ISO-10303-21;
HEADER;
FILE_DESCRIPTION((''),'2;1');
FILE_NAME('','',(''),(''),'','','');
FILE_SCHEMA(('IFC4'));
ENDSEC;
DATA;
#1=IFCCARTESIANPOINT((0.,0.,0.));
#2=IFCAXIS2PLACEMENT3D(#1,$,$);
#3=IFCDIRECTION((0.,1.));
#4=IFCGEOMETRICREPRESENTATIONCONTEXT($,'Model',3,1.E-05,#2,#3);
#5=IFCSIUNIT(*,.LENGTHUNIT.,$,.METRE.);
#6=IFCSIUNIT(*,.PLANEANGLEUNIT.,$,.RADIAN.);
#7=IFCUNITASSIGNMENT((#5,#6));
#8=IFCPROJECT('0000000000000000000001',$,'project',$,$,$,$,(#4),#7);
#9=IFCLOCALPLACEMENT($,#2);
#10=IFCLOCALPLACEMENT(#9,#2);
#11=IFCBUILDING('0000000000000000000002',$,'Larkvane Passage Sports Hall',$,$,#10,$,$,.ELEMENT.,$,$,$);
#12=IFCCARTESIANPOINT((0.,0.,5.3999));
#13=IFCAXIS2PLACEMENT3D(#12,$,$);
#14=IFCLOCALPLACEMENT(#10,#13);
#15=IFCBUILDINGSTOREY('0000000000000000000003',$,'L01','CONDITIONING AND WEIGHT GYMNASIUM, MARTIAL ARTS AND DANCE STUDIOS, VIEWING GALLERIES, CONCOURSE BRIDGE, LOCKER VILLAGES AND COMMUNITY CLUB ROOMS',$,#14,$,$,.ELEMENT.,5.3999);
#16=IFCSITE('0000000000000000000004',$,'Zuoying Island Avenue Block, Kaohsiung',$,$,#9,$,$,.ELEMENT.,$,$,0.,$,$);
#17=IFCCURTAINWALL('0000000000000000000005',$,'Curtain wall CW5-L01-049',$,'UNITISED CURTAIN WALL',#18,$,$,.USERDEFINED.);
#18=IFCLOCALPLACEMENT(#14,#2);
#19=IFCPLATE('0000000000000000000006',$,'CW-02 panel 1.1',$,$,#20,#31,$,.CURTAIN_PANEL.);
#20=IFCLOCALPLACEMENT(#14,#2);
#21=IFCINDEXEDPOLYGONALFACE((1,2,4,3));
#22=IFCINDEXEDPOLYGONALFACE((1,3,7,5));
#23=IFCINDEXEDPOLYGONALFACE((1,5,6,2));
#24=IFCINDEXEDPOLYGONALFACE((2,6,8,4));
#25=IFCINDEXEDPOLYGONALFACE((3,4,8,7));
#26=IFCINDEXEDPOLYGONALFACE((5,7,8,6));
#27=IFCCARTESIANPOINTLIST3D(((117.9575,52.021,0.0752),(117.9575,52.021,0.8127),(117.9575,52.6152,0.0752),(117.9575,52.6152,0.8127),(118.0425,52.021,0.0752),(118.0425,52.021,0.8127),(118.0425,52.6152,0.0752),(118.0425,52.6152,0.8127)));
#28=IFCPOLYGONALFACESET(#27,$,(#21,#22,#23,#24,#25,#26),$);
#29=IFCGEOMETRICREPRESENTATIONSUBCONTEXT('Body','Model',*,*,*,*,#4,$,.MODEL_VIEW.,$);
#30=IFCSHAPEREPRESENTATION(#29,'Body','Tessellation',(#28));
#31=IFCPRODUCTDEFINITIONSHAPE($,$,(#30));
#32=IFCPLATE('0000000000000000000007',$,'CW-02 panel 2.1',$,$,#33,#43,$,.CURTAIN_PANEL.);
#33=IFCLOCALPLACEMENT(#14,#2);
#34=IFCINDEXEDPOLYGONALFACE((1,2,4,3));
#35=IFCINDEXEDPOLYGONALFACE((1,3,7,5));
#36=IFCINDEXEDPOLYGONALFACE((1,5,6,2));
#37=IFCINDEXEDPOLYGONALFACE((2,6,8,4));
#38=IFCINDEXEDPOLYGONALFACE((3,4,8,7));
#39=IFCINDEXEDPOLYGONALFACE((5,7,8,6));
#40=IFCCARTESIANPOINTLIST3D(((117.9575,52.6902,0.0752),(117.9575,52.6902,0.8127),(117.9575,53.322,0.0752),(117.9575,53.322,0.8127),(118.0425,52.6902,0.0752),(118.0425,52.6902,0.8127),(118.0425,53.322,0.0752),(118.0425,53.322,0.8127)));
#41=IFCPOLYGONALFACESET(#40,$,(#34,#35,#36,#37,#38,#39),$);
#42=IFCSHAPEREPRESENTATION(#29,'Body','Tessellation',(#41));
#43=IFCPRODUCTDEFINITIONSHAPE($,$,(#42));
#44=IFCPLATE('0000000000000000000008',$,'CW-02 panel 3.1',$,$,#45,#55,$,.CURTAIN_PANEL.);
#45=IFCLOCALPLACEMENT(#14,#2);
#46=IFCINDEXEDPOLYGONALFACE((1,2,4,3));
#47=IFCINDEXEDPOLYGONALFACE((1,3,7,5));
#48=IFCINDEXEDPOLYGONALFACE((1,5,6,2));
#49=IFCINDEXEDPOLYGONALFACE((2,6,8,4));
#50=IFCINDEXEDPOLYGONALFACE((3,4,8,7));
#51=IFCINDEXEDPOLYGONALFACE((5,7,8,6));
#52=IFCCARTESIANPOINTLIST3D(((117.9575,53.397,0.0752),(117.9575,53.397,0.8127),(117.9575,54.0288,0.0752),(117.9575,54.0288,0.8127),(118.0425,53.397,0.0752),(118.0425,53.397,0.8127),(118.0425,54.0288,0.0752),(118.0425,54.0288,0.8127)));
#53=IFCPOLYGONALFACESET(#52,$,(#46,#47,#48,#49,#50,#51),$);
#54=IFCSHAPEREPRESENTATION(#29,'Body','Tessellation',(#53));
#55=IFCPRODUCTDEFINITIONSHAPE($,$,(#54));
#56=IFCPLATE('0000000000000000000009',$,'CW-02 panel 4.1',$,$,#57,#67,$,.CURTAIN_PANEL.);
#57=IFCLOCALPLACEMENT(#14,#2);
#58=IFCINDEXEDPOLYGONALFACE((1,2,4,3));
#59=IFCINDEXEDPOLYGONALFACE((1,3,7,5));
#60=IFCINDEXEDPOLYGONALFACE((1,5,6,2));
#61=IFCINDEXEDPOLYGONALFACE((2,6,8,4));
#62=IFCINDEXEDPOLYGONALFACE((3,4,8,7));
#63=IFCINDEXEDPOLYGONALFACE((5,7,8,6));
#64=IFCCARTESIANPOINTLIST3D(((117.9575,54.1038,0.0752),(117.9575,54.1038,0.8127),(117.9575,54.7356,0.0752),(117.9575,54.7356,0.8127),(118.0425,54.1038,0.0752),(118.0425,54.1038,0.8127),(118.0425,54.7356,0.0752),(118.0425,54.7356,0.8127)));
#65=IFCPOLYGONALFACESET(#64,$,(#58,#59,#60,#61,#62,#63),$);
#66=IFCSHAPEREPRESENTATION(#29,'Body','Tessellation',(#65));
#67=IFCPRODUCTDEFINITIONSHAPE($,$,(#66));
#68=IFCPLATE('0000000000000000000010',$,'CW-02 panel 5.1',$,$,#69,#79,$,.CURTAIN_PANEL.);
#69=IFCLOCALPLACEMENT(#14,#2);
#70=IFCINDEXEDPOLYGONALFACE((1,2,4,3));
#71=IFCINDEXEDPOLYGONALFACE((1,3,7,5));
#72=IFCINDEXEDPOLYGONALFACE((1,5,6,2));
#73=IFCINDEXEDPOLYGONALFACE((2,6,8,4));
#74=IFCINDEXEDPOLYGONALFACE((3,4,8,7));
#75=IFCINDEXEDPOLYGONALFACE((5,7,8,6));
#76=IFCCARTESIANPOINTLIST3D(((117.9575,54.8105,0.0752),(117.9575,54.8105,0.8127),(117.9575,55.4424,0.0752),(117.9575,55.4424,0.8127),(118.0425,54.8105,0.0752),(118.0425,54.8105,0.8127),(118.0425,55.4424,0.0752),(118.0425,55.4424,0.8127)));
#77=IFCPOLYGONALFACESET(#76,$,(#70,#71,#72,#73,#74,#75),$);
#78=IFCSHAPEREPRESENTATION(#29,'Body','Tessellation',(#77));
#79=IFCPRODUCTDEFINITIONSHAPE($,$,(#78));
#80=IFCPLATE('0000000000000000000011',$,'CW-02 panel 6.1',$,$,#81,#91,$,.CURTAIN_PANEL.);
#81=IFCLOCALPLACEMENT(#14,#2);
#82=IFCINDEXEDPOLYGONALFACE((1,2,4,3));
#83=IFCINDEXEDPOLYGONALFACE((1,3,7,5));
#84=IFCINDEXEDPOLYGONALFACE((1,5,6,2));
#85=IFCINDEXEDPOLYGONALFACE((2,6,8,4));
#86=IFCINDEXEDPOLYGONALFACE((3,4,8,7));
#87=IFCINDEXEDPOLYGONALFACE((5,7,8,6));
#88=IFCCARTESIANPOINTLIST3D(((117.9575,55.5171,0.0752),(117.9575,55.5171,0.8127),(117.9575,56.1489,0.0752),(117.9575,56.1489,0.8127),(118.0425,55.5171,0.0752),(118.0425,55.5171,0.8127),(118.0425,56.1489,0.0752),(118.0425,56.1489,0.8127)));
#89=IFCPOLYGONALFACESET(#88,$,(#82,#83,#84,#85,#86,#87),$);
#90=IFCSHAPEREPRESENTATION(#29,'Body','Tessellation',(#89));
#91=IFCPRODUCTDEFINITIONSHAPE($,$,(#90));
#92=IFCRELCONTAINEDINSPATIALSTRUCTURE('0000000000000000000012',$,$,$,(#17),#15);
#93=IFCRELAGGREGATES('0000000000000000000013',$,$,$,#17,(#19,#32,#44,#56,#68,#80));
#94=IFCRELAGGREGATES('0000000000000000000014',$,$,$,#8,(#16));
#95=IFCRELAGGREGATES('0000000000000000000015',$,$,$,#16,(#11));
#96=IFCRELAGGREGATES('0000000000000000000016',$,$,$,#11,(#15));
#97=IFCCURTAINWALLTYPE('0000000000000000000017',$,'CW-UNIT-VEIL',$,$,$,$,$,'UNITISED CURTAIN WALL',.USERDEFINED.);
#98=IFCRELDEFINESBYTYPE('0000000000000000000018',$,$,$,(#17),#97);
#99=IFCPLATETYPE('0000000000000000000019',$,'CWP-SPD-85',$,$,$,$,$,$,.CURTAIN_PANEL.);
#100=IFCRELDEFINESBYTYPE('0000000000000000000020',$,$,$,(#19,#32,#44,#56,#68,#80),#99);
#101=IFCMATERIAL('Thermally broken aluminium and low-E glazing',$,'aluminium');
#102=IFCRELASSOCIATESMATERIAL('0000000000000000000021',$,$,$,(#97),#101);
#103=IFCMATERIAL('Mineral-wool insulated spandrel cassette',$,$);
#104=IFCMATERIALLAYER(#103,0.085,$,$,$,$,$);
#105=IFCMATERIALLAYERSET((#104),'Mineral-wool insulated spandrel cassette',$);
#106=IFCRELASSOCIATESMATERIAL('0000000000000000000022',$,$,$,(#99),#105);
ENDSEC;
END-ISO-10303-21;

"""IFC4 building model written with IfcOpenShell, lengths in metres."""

from ifc_helpers import new_model, si_unit, direction, frame, origin, origin_2d, place, context, subcontext, project, spatial, rectangle, extrude, material, layer, layer_set, type_object, element, aggregate, save


model = new_model("IFC4")

# Units and contexts
model_context = context("Model", 3, precision=1e-05, world=origin(), true_north=direction((0.0, 1.0)))
body_context = subcontext(model_context, "Body", "Model", "MODEL_VIEW")
ifc_project = project(units=[si_unit("LENGTHUNIT", "METRE"), si_unit("PLANEANGLEUNIT", "RADIAN")], contexts=[model_context])

# Site, building, storey
site_placement = place(None, origin())
site = spatial("IfcSite", under=ifc_project, at=site_placement, Name="Zuoying Island Avenue Block, Kaohsiung", CompositionType="ELEMENT", RefElevation=0.0)
building_placement = place(site_placement, origin())
building = spatial("IfcBuilding", under=site, at=building_placement, Name="Larkvane Passage Sports Hall", CompositionType="ELEMENT")
storey_placement = place(building_placement, frame((0.0, 0.0, 5.3999)))
storey = spatial("IfcBuildingStorey", under=building, at=storey_placement, Name="L01", Description="CONDITIONING AND WEIGHT GYMNASIUM, MARTIAL ARTS AND DANCE STUDIOS, VIEWING GALLERIES, CONCOURSE BRIDGE, LOCKER VILLAGES AND COMMUNITY CLUB ROOMS", CompositionType="ELEMENT", Elevation=5.3999)

# Curtain wall
ifc_material_1 = material(Name="Thermally broken aluminium and low-E glazing", Category="aluminium")
curtain_wall_type_1 = type_object("IfcCurtainWallType", Name="CW-UNIT-VEIL", ElementType="UNITISED CURTAIN WALL", PredefinedType="USERDEFINED", material=ifc_material_1)
curtain_wall_1_placement = place(storey_placement, origin())
curtain_wall_1 = element("IfcCurtainWall", 1, at=curtain_wall_1_placement, inside=storey, type_object=curtain_wall_type_1, Name="Curtain wall CW5-L01-049", ObjectType="UNITISED CURTAIN WALL", PredefinedType="USERDEFINED")

# Plates
ifc_material_2 = material(Name="Mineral-wool insulated spandrel cassette")
ifc_layer_1 = layer(ifc_material_2, 0.085)
ifc_layer_set_1 = layer_set([ifc_layer_1], Name="Mineral-wool insulated spandrel cassette")
plate_type_1 = type_object("IfcPlateType", Name="CWP-SPD-85", PredefinedType="CURTAIN_PANEL", material=ifc_layer_set_1)
plate_1_placement = place(storey_placement, frame((118.0, 52.3181, 0.0752), z_axis=(0.0, 0.0, 1.0), x_axis=(0.0, 1.0, 0.0)))
plate_1 = element("IfcPlate", 2, at=plate_1_placement, type_object=plate_type_1, Name="CW-02 panel 1.1", PredefinedType="CURTAIN_PANEL", context=body_context, shape_type="SweptSolid", body=[
    extrude(rectangle(XDim=0.5942, YDim=0.085, at=origin_2d()), origin(), (0.0, 0.0, 1.0), 0.7375),
])
plate_2_placement = place(storey_placement, frame((118.0, 53.0061, 0.0752), z_axis=(0.0, 0.0, 1.0), x_axis=(0.0, 1.0, 0.0)))
plate_2 = element("IfcPlate", 3, at=plate_2_placement, type_object=plate_type_1, Name="CW-02 panel 2.1", PredefinedType="CURTAIN_PANEL", context=body_context, shape_type="SweptSolid", body=[
    extrude(rectangle(XDim=0.6318, YDim=0.085, at=origin_2d()), origin(), (0.0, 0.0, 1.0), 0.7375),
])
plate_3_placement = place(storey_placement, frame((118.0, 53.7129, 0.0752), z_axis=(0.0, 0.0, 1.0), x_axis=(0.0, 1.0, 0.0)))
plate_3 = element("IfcPlate", 4, at=plate_3_placement, type_object=plate_type_1, Name="CW-02 panel 3.1", PredefinedType="CURTAIN_PANEL", context=body_context, shape_type="SweptSolid", body=[
    extrude(rectangle(XDim=0.6318, YDim=0.085, at=origin_2d()), origin(), (0.0, 0.0, 1.0), 0.7375),
])
plate_4_placement = place(storey_placement, frame((118.0, 54.4197, 0.0752), z_axis=(0.0, 0.0, 1.0), x_axis=(0.0, 1.0, 0.0)))
plate_4 = element("IfcPlate", 5, at=plate_4_placement, type_object=plate_type_1, Name="CW-02 panel 4.1", PredefinedType="CURTAIN_PANEL", context=body_context, shape_type="SweptSolid", body=[
    extrude(rectangle(XDim=0.6318, YDim=0.085, at=origin_2d()), origin(), (0.0, 0.0, 1.0), 0.7375),
])
plate_5_placement = place(storey_placement, frame((118.0, 55.1265, 0.0752), z_axis=(0.0, 0.0, 1.0), x_axis=(0.0, 1.0, 0.0)))
plate_5 = element("IfcPlate", 6, at=plate_5_placement, type_object=plate_type_1, Name="CW-02 panel 5.1", PredefinedType="CURTAIN_PANEL", context=body_context, shape_type="SweptSolid", body=[
    extrude(rectangle(XDim=0.6318, YDim=0.085, at=origin_2d()), origin(), (0.0, 0.0, 1.0), 0.7375),
])
plate_6_placement = place(storey_placement, frame((118.0, 55.833, 0.0752), z_axis=(0.0, 0.0, 1.0), x_axis=(0.0, 1.0, 0.0)))
plate_6 = element("IfcPlate", 7, at=plate_6_placement, type_object=plate_type_1, Name="CW-02 panel 6.1", PredefinedType="CURTAIN_PANEL", context=body_context, shape_type="SweptSolid", body=[
    extrude(rectangle(XDim=0.6318, YDim=0.085, at=origin_2d()), origin(), (0.0, 0.0, 1.0), 0.7375),
])
aggregate(curtain_wall_1, [plate_1, plate_2, plate_3, plate_4, plate_5, plate_6])

save(model, "model.ifc")
